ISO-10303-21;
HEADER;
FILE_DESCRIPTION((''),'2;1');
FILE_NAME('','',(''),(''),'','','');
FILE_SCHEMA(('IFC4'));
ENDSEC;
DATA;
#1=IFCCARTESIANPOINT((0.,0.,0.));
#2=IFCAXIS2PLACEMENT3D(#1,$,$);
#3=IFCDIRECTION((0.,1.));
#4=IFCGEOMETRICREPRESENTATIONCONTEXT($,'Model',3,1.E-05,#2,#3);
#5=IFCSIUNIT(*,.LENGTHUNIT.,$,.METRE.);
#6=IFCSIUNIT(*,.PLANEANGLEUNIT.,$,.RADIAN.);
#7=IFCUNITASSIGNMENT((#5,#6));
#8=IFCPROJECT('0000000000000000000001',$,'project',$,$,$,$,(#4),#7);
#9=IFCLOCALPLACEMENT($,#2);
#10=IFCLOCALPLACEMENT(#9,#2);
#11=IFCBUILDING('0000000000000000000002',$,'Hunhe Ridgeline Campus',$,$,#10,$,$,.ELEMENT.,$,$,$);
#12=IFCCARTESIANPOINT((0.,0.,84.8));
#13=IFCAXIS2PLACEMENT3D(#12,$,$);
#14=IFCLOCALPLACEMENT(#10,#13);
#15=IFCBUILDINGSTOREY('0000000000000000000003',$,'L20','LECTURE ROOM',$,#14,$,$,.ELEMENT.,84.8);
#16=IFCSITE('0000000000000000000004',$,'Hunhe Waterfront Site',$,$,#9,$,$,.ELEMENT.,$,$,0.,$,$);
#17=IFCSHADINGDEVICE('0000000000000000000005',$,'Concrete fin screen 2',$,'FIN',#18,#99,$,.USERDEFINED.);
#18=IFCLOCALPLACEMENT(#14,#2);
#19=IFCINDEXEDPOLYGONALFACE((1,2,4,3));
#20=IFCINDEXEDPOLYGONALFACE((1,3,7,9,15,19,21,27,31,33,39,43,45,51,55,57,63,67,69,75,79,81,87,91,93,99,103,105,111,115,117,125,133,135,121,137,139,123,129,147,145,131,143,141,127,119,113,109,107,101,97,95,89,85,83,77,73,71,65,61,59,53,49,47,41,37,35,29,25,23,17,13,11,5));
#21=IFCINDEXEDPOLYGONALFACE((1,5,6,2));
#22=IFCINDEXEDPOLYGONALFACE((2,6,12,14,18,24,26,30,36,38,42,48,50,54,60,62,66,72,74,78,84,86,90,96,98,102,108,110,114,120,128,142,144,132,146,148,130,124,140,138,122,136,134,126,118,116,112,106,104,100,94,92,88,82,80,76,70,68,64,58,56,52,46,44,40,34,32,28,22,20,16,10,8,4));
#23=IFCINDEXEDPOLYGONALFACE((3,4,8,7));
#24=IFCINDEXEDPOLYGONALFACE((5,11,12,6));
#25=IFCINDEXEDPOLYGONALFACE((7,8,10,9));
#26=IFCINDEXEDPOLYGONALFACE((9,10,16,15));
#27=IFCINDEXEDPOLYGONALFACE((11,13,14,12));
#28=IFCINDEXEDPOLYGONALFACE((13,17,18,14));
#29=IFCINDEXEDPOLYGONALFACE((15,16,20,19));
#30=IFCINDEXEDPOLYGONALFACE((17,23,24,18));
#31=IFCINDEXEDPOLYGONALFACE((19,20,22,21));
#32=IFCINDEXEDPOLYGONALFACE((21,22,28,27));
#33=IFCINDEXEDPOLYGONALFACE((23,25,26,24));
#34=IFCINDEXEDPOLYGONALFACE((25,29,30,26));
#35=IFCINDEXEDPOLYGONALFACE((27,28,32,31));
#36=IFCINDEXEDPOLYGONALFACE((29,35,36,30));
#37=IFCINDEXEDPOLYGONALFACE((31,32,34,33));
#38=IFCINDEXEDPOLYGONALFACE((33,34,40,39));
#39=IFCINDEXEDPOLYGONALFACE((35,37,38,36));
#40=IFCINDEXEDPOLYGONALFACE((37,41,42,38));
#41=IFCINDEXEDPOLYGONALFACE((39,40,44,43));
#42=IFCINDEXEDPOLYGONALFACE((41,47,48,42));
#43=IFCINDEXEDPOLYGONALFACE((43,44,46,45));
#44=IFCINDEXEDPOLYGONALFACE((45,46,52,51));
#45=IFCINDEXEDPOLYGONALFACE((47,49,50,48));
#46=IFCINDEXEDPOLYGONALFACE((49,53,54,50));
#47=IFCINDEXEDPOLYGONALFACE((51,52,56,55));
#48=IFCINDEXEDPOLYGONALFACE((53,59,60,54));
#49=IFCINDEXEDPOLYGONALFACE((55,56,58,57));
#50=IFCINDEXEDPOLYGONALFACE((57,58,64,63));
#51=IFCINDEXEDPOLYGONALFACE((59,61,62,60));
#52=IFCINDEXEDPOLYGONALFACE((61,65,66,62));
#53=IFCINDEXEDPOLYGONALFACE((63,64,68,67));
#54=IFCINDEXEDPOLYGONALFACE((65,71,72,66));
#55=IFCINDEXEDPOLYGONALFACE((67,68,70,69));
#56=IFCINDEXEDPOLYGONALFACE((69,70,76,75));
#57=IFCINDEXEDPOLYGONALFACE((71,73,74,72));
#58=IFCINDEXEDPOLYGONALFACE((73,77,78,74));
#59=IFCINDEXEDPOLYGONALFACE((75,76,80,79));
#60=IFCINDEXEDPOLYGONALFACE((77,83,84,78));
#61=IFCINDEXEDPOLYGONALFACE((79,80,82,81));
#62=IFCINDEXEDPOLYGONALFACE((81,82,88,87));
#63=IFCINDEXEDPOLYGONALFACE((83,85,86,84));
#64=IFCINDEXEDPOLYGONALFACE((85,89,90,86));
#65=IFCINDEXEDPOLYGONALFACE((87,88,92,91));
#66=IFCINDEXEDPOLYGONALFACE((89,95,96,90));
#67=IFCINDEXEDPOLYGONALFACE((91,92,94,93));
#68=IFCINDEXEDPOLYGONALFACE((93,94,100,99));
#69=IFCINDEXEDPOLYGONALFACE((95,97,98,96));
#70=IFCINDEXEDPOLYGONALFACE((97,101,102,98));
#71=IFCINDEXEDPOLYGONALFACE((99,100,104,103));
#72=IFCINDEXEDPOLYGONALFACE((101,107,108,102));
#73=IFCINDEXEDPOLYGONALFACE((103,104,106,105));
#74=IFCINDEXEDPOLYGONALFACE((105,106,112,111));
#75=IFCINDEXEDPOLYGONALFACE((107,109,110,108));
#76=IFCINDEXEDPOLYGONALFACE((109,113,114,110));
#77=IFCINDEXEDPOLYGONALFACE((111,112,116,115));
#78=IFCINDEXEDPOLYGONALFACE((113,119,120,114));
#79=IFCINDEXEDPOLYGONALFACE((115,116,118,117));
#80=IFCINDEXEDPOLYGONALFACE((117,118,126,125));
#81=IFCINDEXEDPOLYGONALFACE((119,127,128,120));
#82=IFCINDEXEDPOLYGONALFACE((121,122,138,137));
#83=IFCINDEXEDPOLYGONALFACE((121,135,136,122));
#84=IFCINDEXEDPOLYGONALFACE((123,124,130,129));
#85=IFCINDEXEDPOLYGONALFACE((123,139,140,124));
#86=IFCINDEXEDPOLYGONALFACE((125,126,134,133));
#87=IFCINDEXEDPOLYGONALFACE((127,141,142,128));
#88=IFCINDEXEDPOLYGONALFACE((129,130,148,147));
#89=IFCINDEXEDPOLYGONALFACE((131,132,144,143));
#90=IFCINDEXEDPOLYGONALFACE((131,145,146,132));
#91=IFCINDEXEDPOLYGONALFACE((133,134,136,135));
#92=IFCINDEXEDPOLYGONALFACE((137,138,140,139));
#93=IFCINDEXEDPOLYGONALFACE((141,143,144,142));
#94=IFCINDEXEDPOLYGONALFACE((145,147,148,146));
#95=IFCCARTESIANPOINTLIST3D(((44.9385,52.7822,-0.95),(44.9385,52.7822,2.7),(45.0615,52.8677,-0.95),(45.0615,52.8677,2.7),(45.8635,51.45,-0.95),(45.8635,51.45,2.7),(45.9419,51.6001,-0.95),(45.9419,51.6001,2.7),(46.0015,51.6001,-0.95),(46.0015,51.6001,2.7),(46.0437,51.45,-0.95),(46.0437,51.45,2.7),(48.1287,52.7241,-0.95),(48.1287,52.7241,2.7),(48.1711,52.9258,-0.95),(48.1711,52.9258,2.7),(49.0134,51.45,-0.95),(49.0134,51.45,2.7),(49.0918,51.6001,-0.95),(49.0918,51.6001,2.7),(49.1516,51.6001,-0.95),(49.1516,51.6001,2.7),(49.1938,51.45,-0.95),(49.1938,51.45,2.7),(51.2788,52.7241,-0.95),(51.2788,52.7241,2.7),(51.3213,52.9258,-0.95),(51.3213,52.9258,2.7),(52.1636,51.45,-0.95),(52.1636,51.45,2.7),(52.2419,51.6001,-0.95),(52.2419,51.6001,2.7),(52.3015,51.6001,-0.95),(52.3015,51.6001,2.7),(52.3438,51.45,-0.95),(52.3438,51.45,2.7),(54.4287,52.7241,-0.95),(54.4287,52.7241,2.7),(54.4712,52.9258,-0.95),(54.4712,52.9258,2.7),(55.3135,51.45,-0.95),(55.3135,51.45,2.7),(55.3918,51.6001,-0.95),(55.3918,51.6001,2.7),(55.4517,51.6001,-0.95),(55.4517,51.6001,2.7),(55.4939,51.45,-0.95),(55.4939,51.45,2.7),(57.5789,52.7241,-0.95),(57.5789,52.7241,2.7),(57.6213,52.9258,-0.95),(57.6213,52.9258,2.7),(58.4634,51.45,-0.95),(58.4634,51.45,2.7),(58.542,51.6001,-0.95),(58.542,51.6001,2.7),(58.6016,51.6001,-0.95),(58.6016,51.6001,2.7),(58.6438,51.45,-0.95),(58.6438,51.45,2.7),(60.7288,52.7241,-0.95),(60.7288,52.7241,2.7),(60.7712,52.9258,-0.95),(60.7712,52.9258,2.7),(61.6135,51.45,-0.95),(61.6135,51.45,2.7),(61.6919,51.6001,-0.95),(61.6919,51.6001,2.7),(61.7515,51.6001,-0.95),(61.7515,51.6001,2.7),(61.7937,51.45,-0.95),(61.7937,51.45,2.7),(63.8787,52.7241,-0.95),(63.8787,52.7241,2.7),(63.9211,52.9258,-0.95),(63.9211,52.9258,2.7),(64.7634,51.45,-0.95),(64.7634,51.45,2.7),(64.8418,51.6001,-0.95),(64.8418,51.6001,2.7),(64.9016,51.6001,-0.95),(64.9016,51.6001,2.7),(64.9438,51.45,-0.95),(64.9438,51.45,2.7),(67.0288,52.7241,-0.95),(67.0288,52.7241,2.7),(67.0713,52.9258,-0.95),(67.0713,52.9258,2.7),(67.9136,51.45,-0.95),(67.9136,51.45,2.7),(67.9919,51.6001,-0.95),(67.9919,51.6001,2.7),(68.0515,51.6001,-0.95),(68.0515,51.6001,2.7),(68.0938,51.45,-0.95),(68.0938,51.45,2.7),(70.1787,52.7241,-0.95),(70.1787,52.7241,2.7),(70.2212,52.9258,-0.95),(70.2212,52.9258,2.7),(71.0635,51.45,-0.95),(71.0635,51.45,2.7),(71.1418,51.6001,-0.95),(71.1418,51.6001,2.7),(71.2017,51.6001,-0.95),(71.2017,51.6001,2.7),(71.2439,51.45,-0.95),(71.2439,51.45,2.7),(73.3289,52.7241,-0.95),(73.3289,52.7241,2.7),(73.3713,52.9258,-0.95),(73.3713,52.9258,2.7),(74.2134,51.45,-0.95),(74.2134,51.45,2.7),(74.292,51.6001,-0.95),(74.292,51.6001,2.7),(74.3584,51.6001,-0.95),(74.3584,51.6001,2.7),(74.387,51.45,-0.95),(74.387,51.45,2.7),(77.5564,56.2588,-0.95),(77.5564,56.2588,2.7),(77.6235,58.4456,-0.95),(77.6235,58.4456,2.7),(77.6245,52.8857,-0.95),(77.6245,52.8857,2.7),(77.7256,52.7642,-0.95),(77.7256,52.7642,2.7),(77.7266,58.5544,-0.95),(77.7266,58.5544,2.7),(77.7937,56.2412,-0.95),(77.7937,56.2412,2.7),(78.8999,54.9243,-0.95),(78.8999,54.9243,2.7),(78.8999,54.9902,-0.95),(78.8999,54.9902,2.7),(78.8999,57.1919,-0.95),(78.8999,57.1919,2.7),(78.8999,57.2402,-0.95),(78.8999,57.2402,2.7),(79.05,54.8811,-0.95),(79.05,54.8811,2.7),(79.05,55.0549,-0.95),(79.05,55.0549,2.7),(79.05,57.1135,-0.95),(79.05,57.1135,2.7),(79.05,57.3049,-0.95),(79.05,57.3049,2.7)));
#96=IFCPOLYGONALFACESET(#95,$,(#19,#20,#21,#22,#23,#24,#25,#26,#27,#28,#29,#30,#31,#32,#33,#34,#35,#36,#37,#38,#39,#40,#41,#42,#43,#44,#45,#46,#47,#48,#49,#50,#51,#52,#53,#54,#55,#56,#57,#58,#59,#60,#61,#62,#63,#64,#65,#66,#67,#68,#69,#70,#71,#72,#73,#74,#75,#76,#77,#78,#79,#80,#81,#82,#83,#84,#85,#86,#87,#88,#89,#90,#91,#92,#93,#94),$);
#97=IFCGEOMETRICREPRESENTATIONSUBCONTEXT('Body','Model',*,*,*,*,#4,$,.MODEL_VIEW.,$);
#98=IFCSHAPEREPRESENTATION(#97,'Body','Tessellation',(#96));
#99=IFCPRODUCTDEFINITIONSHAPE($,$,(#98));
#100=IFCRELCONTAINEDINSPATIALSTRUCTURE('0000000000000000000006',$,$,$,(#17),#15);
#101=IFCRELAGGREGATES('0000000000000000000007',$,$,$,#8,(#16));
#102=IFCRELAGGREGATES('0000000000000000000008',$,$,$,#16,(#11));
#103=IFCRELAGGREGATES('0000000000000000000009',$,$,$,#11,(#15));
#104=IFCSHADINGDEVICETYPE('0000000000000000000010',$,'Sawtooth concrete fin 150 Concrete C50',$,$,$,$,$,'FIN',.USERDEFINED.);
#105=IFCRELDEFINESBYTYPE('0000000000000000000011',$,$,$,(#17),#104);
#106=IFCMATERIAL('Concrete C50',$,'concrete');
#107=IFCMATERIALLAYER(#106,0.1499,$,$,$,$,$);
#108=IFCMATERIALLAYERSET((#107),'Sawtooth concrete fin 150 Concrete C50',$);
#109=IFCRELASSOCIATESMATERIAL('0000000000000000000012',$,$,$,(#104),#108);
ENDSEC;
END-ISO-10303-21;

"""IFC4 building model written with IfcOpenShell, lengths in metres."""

from ifc_helpers import new_model, si_unit, direction, frame, origin, place, context, subcontext, project, spatial, polyline, outline, extrude, material, layer, layer_set, type_object, element, save


model = new_model("IFC4")

# Units and contexts
model_context = context("Model", 3, precision=1e-05, world=origin(), true_north=direction((0.0, 1.0)))
body_context = subcontext(model_context, "Body", "Model", "MODEL_VIEW")
ifc_project = project(units=[si_unit("LENGTHUNIT", "METRE"), si_unit("PLANEANGLEUNIT", "RADIAN")], contexts=[model_context])

# Site, building, storey
site_placement = place(None, origin())
site = spatial("IfcSite", under=ifc_project, at=site_placement, Name="Hunhe Waterfront Site", CompositionType="ELEMENT", RefElevation=0.0)
building_placement = place(site_placement, origin())
building = spatial("IfcBuilding", under=site, at=building_placement, Name="Hunhe Ridgeline Campus", CompositionType="ELEMENT")
storey_placement = place(building_placement, frame((0.0, 0.0, 84.8)))
storey = spatial("IfcBuildingStorey", under=building, at=storey_placement, Name="L20", Description="LECTURE ROOM", CompositionType="ELEMENT", Elevation=84.8)

# Shading device
ifc_material_1 = material(Name="Concrete C50", Category="concrete")
ifc_layer_1 = layer(ifc_material_1, 0.1499)
ifc_layer_set_1 = layer_set([ifc_layer_1], Name="Sawtooth concrete fin 150 Concrete C50")
shading_device_type = type_object("IfcShadingDeviceType", Name="Sawtooth concrete fin 150 Concrete C50", ElementType="FIN", PredefinedType="USERDEFINED", material=ifc_layer_set_1)
shading_device_1_placement = place(storey_placement, frame((0.0, 0.0, -0.95)))
element("IfcShadingDevice", 1, at=shading_device_1_placement, inside=storey, type_object=shading_device_type, Name="Concrete fin screen 2", ObjectType="FIN", PredefinedType="USERDEFINED", context=body_context, shape_type="SweptSolid", body=[
    extrude(outline(polyline([(45.0615, 52.8677), (44.9385, 52.7822), (45.8635, 51.45), (46.0437, 51.45), (48.1287, 52.7241), (49.0134, 51.45), (49.1938, 51.45), (51.2788, 52.7241), (52.1636, 51.45), (52.3438, 51.45), (54.4287, 52.7241), (55.3135, 51.45), (55.4939, 51.45), (57.5789, 52.7241), (58.4634, 51.45), (58.6438, 51.45), (60.7288, 52.7241), (61.6135, 51.45), (61.7937, 51.45), (63.8787, 52.7241), (64.7634, 51.45), (64.9438, 51.45), (67.0288, 52.7241), (67.9136, 51.45), (68.0938, 51.45), (70.1787, 52.7241), (71.0635, 51.45), (71.2439, 51.45), (73.3289, 52.7241), (74.2134, 51.45), (74.387, 51.45), (77.7256, 52.7642), (79.05, 54.8811), (79.05, 55.0549), (77.7937, 56.2412), (79.05, 57.1135), (79.05, 57.3049), (77.7266, 58.5544), (77.6235, 58.4456), (78.8999, 57.2402), (78.8999, 57.1919), (77.5564, 56.2588), (78.8999, 54.9902), (78.8999, 54.9243), (77.6245, 52.8857), (74.3584, 51.6001), (74.292, 51.6001), (73.3713, 52.9258), (71.2017, 51.6001), (71.1418, 51.6001), (70.2212, 52.9258), (68.0515, 51.6001), (67.9919, 51.6001), (67.0713, 52.9258), (64.9016, 51.6001), (64.8418, 51.6001), (63.9211, 52.9258), (61.7515, 51.6001), (61.6919, 51.6001), (60.7712, 52.9258), (58.6016, 51.6001), (58.542, 51.6001), (57.6213, 52.9258), (55.4517, 51.6001), (55.3918, 51.6001), (54.4712, 52.9258), (52.3015, 51.6001), (52.2419, 51.6001), (51.3213, 52.9258), (49.1516, 51.6001), (49.0918, 51.6001), (48.1711, 52.9258), (46.0015, 51.6001), (45.9419, 51.6001), (45.0615, 52.8677)])), origin(), (0.0, 0.0, 1.0), 3.6499),
])

save(model, "model.ifc")
